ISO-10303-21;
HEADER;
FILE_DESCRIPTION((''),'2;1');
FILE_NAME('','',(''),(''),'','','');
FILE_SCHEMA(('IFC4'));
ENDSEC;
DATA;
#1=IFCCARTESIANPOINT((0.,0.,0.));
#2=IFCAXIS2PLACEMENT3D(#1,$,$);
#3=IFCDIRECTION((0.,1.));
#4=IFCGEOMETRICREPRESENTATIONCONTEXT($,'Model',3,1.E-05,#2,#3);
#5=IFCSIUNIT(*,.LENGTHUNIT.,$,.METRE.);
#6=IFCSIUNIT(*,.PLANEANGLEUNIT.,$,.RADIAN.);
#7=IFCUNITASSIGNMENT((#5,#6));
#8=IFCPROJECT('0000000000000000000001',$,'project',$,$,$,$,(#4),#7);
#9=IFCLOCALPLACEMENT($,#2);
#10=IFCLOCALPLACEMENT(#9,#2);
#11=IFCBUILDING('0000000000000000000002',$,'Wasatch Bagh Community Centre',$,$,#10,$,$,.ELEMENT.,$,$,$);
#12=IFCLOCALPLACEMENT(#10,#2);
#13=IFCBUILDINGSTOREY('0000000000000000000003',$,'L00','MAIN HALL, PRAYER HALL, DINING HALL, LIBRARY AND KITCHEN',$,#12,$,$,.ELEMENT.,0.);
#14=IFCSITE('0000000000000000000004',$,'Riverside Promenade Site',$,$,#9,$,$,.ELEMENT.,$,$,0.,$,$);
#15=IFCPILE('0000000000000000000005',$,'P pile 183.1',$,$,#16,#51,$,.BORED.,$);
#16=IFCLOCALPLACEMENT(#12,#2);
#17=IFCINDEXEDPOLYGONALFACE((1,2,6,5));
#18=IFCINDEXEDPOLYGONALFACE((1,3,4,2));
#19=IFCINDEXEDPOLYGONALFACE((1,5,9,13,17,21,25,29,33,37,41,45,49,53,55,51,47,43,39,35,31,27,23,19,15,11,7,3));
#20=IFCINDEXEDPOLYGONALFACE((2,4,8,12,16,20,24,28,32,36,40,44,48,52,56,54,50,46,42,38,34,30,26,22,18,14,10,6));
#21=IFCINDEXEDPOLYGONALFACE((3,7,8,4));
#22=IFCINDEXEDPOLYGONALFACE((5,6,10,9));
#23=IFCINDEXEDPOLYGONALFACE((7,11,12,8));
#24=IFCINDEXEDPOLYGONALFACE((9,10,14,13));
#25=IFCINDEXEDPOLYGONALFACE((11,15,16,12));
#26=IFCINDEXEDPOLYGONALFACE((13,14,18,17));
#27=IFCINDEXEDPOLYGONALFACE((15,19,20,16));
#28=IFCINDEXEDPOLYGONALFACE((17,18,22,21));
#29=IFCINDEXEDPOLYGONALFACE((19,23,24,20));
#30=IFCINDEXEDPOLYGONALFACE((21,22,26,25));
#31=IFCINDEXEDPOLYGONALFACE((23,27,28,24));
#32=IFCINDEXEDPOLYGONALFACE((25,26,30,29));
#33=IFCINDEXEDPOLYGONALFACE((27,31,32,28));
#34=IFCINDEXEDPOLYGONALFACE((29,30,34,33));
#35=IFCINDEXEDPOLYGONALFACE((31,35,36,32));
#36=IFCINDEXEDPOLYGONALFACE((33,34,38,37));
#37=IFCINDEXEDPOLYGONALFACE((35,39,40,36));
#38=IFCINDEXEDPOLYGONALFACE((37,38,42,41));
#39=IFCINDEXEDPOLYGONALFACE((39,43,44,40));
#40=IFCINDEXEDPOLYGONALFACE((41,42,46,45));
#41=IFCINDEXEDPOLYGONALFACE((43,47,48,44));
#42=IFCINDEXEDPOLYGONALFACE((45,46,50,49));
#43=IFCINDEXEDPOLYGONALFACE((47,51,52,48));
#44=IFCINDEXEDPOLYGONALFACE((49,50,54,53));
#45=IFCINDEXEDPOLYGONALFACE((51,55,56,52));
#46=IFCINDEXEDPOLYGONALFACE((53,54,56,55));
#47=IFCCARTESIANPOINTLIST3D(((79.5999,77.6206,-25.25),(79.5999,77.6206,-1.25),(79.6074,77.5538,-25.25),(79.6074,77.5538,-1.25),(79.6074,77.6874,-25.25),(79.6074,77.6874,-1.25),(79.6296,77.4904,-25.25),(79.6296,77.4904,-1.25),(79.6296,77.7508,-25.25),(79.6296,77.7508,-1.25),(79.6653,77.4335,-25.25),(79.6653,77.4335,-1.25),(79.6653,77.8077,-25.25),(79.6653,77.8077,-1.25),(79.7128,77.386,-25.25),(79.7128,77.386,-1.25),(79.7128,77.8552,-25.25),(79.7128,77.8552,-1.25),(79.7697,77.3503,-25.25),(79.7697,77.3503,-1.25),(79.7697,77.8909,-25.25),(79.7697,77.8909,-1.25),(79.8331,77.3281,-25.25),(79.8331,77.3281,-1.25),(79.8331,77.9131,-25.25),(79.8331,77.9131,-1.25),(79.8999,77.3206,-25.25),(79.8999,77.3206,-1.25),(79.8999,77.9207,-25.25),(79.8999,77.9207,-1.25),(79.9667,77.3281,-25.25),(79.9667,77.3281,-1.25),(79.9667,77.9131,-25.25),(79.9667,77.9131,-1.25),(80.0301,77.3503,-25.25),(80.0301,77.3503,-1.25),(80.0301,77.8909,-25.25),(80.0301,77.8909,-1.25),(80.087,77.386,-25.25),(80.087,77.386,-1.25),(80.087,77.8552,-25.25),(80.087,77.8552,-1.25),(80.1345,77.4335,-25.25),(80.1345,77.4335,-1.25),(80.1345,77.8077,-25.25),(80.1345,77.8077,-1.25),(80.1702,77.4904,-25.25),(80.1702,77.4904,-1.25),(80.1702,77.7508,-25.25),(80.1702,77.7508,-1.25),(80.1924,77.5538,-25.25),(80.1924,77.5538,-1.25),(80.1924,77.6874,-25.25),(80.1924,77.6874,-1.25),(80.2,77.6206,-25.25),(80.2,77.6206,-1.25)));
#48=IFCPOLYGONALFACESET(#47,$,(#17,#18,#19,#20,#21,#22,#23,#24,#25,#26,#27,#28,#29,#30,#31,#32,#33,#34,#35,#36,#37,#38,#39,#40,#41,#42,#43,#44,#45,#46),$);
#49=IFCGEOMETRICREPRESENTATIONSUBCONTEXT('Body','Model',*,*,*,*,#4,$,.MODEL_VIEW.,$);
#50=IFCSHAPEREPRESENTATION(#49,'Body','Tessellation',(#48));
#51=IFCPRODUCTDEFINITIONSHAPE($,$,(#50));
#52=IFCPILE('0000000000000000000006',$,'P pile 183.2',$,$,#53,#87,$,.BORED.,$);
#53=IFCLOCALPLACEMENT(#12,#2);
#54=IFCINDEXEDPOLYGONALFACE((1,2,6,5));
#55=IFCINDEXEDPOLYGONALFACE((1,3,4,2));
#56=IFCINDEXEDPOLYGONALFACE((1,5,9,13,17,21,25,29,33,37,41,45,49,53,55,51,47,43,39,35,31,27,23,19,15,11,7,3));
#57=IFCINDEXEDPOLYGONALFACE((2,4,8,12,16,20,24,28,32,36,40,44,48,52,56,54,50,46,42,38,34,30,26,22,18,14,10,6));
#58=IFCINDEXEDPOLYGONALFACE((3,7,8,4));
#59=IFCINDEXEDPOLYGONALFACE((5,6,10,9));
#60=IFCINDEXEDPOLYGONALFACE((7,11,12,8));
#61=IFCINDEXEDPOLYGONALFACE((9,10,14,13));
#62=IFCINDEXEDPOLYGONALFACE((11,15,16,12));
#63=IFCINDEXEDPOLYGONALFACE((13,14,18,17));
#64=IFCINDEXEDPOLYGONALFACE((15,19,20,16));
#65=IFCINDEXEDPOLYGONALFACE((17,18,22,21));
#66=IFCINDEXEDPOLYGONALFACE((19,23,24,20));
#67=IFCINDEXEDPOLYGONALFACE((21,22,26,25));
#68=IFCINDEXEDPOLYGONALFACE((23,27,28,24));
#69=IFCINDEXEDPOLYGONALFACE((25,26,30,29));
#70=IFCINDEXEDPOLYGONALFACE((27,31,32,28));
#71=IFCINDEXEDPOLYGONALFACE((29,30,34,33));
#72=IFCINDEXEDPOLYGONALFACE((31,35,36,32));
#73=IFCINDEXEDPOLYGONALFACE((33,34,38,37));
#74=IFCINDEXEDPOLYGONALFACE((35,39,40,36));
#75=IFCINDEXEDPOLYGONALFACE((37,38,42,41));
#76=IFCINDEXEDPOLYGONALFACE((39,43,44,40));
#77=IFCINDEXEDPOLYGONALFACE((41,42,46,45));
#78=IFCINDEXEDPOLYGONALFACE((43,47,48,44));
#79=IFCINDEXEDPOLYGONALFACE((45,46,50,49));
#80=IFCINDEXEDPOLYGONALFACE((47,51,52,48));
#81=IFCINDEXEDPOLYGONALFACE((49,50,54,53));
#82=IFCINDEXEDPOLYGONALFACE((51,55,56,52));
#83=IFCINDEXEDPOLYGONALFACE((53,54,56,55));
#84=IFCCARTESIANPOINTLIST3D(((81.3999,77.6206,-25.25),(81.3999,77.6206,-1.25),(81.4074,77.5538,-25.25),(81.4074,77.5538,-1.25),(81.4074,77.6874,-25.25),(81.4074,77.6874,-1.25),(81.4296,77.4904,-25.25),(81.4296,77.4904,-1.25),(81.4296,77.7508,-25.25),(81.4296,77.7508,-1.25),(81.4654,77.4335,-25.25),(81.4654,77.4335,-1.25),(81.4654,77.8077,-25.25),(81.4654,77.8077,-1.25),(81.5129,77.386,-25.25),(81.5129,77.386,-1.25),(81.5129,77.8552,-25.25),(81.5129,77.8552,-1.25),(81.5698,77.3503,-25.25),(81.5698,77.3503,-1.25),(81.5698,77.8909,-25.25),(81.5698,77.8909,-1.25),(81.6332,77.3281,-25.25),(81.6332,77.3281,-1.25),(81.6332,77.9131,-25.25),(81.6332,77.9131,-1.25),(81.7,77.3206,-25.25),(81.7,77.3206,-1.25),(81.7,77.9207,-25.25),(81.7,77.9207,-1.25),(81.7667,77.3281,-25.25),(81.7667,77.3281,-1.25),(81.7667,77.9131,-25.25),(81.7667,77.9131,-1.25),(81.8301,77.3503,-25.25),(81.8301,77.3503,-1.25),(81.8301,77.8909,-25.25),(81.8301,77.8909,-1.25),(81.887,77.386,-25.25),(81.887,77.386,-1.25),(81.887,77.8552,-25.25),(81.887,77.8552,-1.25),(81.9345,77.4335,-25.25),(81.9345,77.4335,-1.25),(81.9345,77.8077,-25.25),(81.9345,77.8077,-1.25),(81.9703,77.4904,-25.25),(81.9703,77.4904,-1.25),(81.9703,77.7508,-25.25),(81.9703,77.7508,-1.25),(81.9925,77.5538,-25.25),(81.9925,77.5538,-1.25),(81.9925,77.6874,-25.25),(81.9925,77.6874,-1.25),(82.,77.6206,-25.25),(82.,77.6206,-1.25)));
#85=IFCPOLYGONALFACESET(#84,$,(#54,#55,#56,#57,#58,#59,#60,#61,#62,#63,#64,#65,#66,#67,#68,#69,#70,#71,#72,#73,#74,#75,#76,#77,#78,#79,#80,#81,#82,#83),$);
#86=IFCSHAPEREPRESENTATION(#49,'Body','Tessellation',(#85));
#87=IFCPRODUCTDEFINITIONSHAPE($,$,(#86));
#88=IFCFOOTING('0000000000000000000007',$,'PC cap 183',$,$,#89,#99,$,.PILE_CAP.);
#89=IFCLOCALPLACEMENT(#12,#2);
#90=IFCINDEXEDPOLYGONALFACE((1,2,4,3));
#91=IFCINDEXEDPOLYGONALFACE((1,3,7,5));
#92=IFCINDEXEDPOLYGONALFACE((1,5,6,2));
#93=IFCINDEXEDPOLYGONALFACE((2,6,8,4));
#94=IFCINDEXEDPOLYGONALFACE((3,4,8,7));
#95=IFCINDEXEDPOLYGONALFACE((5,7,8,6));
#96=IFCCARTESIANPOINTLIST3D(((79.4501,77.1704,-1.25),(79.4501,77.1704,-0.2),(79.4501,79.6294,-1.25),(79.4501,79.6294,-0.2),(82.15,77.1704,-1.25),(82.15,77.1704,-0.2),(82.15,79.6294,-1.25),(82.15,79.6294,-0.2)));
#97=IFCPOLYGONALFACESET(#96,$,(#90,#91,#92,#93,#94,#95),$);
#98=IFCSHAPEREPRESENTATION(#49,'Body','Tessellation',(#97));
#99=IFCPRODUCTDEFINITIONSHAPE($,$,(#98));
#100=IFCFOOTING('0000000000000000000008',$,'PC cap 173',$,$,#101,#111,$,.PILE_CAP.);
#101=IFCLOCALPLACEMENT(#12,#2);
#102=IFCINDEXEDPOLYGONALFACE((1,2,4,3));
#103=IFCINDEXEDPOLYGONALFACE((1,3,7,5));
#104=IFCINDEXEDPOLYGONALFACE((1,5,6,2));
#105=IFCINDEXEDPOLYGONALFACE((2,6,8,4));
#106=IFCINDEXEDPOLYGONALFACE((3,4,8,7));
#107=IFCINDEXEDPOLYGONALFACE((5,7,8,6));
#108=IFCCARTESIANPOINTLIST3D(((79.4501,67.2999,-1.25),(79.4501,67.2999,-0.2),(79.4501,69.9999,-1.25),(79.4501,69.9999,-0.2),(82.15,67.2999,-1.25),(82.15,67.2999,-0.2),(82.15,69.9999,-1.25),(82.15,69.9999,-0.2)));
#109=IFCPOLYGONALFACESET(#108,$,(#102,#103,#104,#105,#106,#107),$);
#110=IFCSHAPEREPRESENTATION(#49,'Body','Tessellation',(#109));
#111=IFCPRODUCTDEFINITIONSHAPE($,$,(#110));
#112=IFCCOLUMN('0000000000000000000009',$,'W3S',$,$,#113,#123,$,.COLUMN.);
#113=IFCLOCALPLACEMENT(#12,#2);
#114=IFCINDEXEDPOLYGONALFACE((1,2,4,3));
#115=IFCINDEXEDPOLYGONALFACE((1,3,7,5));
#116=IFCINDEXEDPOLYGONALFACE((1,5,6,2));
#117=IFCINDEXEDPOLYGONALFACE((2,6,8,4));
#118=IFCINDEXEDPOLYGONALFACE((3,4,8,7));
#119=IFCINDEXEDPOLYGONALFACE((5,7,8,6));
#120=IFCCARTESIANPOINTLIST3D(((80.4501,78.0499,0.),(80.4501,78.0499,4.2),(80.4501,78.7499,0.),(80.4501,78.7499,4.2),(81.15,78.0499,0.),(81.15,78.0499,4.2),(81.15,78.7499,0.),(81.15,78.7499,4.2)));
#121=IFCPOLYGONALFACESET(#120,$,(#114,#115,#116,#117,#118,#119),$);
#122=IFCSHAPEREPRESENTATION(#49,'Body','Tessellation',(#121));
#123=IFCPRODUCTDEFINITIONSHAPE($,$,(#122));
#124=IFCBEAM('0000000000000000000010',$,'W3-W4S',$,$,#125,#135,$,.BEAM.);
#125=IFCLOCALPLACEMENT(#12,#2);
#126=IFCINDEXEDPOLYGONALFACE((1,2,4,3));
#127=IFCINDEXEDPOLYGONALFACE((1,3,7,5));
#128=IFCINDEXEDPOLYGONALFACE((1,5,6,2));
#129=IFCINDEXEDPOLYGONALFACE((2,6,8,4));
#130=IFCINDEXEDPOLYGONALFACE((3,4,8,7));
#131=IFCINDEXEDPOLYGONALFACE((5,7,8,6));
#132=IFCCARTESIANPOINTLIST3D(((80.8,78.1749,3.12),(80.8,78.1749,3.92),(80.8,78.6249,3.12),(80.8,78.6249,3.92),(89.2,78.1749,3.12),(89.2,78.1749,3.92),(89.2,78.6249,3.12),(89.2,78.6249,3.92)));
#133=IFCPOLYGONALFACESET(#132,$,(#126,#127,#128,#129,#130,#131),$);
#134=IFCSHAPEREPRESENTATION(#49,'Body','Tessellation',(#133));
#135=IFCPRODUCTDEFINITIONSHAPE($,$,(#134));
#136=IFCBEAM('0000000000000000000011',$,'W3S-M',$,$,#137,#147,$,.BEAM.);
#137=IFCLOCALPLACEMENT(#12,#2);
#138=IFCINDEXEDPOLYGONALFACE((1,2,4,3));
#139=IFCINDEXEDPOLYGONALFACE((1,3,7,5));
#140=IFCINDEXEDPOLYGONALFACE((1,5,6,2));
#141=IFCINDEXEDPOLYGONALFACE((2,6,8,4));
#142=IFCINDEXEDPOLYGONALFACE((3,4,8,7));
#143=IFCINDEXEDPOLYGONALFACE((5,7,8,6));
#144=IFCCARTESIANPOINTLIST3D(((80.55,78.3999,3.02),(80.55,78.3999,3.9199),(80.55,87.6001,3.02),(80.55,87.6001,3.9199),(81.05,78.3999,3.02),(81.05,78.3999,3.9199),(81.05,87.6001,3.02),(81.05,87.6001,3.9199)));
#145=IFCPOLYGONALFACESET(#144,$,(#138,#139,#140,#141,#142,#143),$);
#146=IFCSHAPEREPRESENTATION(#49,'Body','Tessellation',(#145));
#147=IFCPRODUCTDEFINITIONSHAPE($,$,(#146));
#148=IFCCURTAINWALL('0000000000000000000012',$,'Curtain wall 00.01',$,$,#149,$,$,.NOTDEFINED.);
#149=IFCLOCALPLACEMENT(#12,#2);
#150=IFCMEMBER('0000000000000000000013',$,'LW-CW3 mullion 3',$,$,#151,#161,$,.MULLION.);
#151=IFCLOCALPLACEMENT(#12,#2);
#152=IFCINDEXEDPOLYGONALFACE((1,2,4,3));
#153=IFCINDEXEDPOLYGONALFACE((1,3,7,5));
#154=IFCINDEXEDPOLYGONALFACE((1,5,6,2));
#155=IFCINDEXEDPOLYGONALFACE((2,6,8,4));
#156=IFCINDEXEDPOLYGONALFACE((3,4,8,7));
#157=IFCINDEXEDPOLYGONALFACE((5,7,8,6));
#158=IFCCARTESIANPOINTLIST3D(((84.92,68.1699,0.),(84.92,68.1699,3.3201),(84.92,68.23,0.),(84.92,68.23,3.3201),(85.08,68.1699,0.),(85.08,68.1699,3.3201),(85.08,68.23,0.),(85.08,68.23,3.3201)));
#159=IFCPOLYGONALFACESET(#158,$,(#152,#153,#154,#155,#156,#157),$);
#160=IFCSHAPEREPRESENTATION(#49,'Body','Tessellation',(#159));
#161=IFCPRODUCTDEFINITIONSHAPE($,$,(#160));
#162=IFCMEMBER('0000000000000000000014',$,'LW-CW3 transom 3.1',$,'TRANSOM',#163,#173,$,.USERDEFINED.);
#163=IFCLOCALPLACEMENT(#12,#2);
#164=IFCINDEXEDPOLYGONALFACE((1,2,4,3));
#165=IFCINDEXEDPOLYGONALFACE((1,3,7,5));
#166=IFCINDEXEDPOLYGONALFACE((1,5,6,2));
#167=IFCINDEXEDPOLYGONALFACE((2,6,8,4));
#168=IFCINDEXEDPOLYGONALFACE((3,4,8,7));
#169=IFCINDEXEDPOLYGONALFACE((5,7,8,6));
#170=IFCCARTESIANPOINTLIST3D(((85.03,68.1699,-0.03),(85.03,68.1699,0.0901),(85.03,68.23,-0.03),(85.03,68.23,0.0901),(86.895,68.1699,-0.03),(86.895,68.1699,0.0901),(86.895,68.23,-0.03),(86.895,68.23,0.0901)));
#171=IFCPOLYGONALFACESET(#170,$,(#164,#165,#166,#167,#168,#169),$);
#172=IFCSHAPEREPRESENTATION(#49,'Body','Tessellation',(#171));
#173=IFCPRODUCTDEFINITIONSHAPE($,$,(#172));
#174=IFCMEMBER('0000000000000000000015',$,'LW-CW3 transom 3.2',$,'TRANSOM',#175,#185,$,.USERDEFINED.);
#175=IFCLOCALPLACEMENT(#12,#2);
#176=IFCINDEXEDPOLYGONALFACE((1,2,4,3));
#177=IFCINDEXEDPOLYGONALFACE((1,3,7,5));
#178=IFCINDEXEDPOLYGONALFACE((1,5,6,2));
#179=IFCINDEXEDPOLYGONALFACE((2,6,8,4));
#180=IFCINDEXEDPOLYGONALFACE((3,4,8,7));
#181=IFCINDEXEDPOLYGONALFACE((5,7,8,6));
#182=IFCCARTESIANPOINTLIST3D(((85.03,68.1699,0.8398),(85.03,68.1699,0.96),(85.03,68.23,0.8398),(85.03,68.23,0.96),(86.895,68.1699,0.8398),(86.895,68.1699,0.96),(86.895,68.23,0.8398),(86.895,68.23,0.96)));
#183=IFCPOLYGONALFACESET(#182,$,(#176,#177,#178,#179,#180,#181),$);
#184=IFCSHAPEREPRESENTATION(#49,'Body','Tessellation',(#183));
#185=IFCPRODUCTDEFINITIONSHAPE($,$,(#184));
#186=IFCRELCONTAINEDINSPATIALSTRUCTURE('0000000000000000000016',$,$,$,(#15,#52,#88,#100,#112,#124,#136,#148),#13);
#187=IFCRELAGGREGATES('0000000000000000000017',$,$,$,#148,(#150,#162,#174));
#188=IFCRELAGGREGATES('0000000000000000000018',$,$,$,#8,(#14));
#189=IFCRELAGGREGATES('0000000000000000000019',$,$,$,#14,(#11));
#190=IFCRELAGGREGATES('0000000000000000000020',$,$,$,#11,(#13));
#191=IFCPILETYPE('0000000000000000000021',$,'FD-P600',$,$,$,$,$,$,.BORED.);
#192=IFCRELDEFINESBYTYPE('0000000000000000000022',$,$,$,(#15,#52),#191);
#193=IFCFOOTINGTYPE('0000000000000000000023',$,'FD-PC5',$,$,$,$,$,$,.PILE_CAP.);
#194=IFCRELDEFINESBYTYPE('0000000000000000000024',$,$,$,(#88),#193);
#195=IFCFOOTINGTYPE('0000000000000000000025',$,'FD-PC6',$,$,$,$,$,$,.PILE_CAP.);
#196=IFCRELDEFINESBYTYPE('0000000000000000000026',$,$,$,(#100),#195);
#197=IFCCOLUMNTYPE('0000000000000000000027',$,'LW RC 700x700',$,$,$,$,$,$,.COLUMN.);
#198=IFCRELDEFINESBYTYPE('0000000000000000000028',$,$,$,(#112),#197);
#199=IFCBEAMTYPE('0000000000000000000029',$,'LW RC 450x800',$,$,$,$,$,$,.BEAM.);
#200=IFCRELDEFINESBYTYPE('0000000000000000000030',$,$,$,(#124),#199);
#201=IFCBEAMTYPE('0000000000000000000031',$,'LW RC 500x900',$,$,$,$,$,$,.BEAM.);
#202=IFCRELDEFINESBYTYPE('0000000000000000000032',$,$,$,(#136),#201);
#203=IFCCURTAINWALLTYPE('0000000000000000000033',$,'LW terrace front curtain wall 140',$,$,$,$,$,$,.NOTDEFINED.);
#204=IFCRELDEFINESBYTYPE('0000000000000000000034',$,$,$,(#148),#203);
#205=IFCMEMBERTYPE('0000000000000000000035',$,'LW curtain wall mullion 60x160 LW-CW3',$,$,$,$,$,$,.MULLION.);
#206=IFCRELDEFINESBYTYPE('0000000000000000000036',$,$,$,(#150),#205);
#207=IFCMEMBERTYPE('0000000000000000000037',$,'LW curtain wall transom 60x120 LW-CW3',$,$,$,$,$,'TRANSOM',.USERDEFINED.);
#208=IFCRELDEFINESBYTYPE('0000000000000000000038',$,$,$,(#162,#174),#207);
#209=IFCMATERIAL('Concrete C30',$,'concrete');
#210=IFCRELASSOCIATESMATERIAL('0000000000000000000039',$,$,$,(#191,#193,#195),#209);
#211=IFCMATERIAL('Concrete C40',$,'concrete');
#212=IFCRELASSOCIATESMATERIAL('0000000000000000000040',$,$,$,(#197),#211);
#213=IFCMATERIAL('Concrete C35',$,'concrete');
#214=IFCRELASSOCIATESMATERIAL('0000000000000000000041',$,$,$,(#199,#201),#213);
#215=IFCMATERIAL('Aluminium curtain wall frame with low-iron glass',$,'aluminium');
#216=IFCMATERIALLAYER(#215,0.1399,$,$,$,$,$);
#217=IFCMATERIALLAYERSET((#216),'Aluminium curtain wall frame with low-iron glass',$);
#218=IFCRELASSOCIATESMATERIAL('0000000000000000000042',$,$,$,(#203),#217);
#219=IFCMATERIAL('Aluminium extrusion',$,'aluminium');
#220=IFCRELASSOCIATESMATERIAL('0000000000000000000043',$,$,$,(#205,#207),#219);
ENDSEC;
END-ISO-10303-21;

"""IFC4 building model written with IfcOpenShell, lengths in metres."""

from ifc_helpers import new_model, si_unit, direction, frame, origin, origin_2d, place, context, subcontext, project, spatial, rectangle, circle, extrude, material, layer, layer_set, material_profile, profile_set, type_object, element, aggregate, save


model = new_model("IFC4")

# Units and contexts
model_context = context("Model", 3, precision=1e-05, world=origin(), true_north=direction((0.0, 1.0)))
body_context = subcontext(model_context, "Body", "Model", "MODEL_VIEW")
ifc_project = project(units=[si_unit("LENGTHUNIT", "METRE"), si_unit("PLANEANGLEUNIT", "RADIAN")], contexts=[model_context])

# Site, building, storey
site_placement = place(None, origin())
site = spatial("IfcSite", under=ifc_project, at=site_placement, Name="Riverside Promenade Site", CompositionType="ELEMENT", RefElevation=0.0)
building_placement = place(site_placement, origin())
building = spatial("IfcBuilding", under=site, at=building_placement, Name="Wasatch Bagh Community Centre", CompositionType="ELEMENT")
storey_placement = place(building_placement, origin())
storey = spatial("IfcBuildingStorey", under=building, at=storey_placement, Name="L00", Description="MAIN HALL, PRAYER HALL, DINING HALL, LIBRARY AND KITCHEN", CompositionType="ELEMENT", Elevation=0.0)

# Shared definitions
ifc_material_1 = material(Name="Concrete C35", Category="concrete")

# Piles
ifc_material_2 = material(Name="Concrete C30", Category="concrete")
ifc_material_profile_1 = material_profile(ifc_material_2, circle(Radius=0.3, at=origin_2d()), Name="RC D600")
ifc_profile_set_1 = profile_set([ifc_material_profile_1], Name="Concrete C30")
pile_type = type_object("IfcPileType", Name="FD-P600", PredefinedType="BORED", material=ifc_profile_set_1)
for number, where, z_axis, x_axis, name in (
    (1, (79.8999, 77.6206, -1.25), (0.0, 0.0, -1.0), (1.0, 0.0, 0.0), "P pile 183.1"),
    (2, (81.7, 77.6206, -1.25), (0.0, 0.0, -1.0), (1.0, 0.0, 0.0), "P pile 183.2"),
):
    element("IfcPile", number, at=place(storey_placement, frame(where, z_axis=z_axis, x_axis=x_axis)), inside=storey, type_object=pile_type, Name=name, PredefinedType="BORED", context=body_context, shape_type="SweptSolid", body=[
        extrude(circle(Radius=0.3, at=origin_2d()), origin(), (0.0, 0.0, 1.0), 24.0),
    ])

# Footings
footing_type_1 = type_object("IfcFootingType", Name="FD-PC5", PredefinedType="PILE_CAP", material=ifc_material_2)
footing_1_placement = place(storey_placement, frame((80.8, 78.3999, -1.25), z_axis=(0.0, 0.0, 1.0), x_axis=(1.0, 0.0, 0.0)))
element("IfcFooting", 3, at=footing_1_placement, inside=storey, type_object=footing_type_1, Name="PC cap 183", PredefinedType="PILE_CAP", context=body_context, shape_type="SweptSolid", body=[
    extrude(rectangle(XDim=2.7, YDim=2.459, at=origin_2d()), origin(), (0.0, 0.0, 1.0), 1.05),
])
footing_type_2 = type_object("IfcFootingType", Name="FD-PC6", PredefinedType="PILE_CAP", material=ifc_material_2)
footing_2_placement = place(storey_placement, frame((80.8, 68.6499, -1.25), z_axis=(0.0, 0.0, 1.0), x_axis=(1.0, 0.0, 0.0)))
element("IfcFooting", 4, at=footing_2_placement, inside=storey, type_object=footing_type_2, Name="PC cap 173", PredefinedType="PILE_CAP", context=body_context, shape_type="SweptSolid", body=[
    extrude(rectangle(XDim=2.7, YDim=2.7, at=origin_2d()), origin(), (0.0, 0.0, 1.0), 1.05),
])

# Column
ifc_material_3 = material(Name="Concrete C40", Category="concrete")
ifc_material_profile_2 = material_profile(ifc_material_3, rectangle(XDim=0.7, YDim=0.7, at=origin_2d()), Name="RC 700x700")
ifc_profile_set_2 = profile_set([ifc_material_profile_2], Name="Concrete C40")
column_type = type_object("IfcColumnType", Name="LW RC 700x700", PredefinedType="COLUMN", material=ifc_profile_set_2)
column_placement = place(storey_placement, frame((80.8, 78.3999, 0.0), z_axis=(0.0, 0.0, 1.0), x_axis=(1.0, 0.0, 0.0)))
element("IfcColumn", 5, at=column_placement, inside=storey, type_object=column_type, Name="W3S", PredefinedType="COLUMN", context=body_context, shape_type="SweptSolid", body=[
    extrude(rectangle(XDim=0.7, YDim=0.7, at=origin_2d()), origin(), (0.0, 0.0, 1.0), 4.2),
])

# Beams
ifc_material_profile_3 = material_profile(ifc_material_1, rectangle(XDim=0.45, YDim=0.8, at=origin_2d()), Name="RC 450x800")
ifc_profile_set_3 = profile_set([ifc_material_profile_3], Name="Concrete C35")
beam_type_1 = type_object("IfcBeamType", Name="LW RC 450x800", PredefinedType="BEAM", material=ifc_profile_set_3)
beam_1_placement = place(storey_placement, frame((80.8, 78.3999, 3.52), z_axis=(1.0, 0.0, 0.0), x_axis=(0.0, 1.0, 0.0)))
element("IfcBeam", 6, at=beam_1_placement, inside=storey, type_object=beam_type_1, Name="W3-W4S", PredefinedType="BEAM", context=body_context, shape_type="SweptSolid", body=[
    extrude(rectangle(XDim=0.45, YDim=0.8, at=origin_2d()), origin(), (0.0, 0.0, 1.0), 8.3999),
])
ifc_material_profile_4 = material_profile(ifc_material_1, rectangle(XDim=0.5, YDim=0.8999, at=origin_2d()), Name="RC 500x900")
ifc_profile_set_4 = profile_set([ifc_material_profile_4], Name="Concrete C35")
beam_type_2 = type_object("IfcBeamType", Name="LW RC 500x900", PredefinedType="BEAM", material=ifc_profile_set_4)
beam_2_placement = place(storey_placement, frame((80.8, 78.3999, 3.47), z_axis=(0.0, 1.0, 0.0), x_axis=(-1.0, 0.0, 0.0)))
element("IfcBeam", 7, at=beam_2_placement, inside=storey, type_object=beam_type_2, Name="W3S-M", PredefinedType="BEAM", context=body_context, shape_type="SweptSolid", body=[
    extrude(rectangle(XDim=0.5, YDim=0.8999, at=origin_2d()), origin(), (0.0, 0.0, 1.0), 9.2002),
])

# Curtain wall, members
ifc_material_4 = material(Name="Aluminium curtain wall frame with low-iron glass", Category="aluminium")
ifc_layer_1 = layer(ifc_material_4, 0.1399)
ifc_layer_set_1 = layer_set([ifc_layer_1], Name="Aluminium curtain wall frame with low-iron glass")
curtain_wall_type = type_object("IfcCurtainWallType", Name="LW terrace front curtain wall 140", PredefinedType="NOTDEFINED", material=ifc_layer_set_1)
curtain_wall_placement = place(storey_placement, origin())
curtain_wall = element("IfcCurtainWall", 8, at=curtain_wall_placement, inside=storey, type_object=curtain_wall_type, Name="Curtain wall 00.01", PredefinedType="NOTDEFINED")
ifc_material_5 = material(Name="Aluminium extrusion", Category="aluminium")
ifc_material_profile_5 = material_profile(ifc_material_5, rectangle(XDim=0.0601, YDim=0.1599, at=origin_2d()), Name="AL 60x160")
ifc_profile_set_5 = profile_set([ifc_material_profile_5], Name="Aluminium extrusion")
member_type_1 = type_object("IfcMemberType", Name="LW curtain wall mullion 60x160 LW-CW3", PredefinedType="MULLION", material=ifc_profile_set_5)
member_1_placement = place(storey_placement, frame((85.0, 68.2, 0.0), z_axis=(0.0, 0.0, 1.0), x_axis=(0.0, 1.0, 0.0)))
member_1 = element("IfcMember", 9, at=member_1_placement, type_object=member_type_1, Name="LW-CW3 mullion 3", PredefinedType="MULLION", context=body_context, shape_type="SweptSolid", body=[
    extrude(rectangle(XDim=0.0601, YDim=0.1599, at=origin_2d()), origin(), (0.0, 0.0, 1.0), 3.3201),
])
ifc_material_profile_6 = material_profile(ifc_material_5, rectangle(XDim=0.0601, YDim=0.1201, at=origin_2d()), Name="AL 60x120")
ifc_profile_set_6 = profile_set([ifc_material_profile_6], Name="Aluminium extrusion")
member_type_2 = type_object("IfcMemberType", Name="LW curtain wall transom 60x120 LW-CW3", ElementType="TRANSOM", PredefinedType="USERDEFINED", material=ifc_profile_set_6)
member_2_placement = place(storey_placement, frame((85.03, 68.2, 0.03), z_axis=(1.0, 0.0, 0.0), x_axis=(0.0, 1.0, 0.0)))
member_2 = element("IfcMember", 10, at=member_2_placement, type_object=member_type_2, Name="LW-CW3 transom 3.1", ObjectType="TRANSOM", PredefinedType="USERDEFINED", context=body_context, shape_type="SweptSolid", body=[
    extrude(rectangle(XDim=0.0601, YDim=0.1201, at=origin_2d()), origin(), (0.0, 0.0, 1.0), 1.865),
])
member_3_placement = place(storey_placement, frame((85.03, 68.2, 0.8999), z_axis=(1.0, 0.0, 0.0), x_axis=(0.0, 1.0, 0.0)))
member_3 = element("IfcMember", 11, at=member_3_placement, type_object=member_type_2, Name="LW-CW3 transom 3.2", ObjectType="TRANSOM", PredefinedType="USERDEFINED", context=body_context, shape_type="SweptSolid", body=[
    extrude(rectangle(XDim=0.0601, YDim=0.1201, at=origin_2d()), origin(), (0.0, 0.0, 1.0), 1.865),
])
aggregate(curtain_wall, [member_1, member_2, member_3])

save(model, "model.ifc")
